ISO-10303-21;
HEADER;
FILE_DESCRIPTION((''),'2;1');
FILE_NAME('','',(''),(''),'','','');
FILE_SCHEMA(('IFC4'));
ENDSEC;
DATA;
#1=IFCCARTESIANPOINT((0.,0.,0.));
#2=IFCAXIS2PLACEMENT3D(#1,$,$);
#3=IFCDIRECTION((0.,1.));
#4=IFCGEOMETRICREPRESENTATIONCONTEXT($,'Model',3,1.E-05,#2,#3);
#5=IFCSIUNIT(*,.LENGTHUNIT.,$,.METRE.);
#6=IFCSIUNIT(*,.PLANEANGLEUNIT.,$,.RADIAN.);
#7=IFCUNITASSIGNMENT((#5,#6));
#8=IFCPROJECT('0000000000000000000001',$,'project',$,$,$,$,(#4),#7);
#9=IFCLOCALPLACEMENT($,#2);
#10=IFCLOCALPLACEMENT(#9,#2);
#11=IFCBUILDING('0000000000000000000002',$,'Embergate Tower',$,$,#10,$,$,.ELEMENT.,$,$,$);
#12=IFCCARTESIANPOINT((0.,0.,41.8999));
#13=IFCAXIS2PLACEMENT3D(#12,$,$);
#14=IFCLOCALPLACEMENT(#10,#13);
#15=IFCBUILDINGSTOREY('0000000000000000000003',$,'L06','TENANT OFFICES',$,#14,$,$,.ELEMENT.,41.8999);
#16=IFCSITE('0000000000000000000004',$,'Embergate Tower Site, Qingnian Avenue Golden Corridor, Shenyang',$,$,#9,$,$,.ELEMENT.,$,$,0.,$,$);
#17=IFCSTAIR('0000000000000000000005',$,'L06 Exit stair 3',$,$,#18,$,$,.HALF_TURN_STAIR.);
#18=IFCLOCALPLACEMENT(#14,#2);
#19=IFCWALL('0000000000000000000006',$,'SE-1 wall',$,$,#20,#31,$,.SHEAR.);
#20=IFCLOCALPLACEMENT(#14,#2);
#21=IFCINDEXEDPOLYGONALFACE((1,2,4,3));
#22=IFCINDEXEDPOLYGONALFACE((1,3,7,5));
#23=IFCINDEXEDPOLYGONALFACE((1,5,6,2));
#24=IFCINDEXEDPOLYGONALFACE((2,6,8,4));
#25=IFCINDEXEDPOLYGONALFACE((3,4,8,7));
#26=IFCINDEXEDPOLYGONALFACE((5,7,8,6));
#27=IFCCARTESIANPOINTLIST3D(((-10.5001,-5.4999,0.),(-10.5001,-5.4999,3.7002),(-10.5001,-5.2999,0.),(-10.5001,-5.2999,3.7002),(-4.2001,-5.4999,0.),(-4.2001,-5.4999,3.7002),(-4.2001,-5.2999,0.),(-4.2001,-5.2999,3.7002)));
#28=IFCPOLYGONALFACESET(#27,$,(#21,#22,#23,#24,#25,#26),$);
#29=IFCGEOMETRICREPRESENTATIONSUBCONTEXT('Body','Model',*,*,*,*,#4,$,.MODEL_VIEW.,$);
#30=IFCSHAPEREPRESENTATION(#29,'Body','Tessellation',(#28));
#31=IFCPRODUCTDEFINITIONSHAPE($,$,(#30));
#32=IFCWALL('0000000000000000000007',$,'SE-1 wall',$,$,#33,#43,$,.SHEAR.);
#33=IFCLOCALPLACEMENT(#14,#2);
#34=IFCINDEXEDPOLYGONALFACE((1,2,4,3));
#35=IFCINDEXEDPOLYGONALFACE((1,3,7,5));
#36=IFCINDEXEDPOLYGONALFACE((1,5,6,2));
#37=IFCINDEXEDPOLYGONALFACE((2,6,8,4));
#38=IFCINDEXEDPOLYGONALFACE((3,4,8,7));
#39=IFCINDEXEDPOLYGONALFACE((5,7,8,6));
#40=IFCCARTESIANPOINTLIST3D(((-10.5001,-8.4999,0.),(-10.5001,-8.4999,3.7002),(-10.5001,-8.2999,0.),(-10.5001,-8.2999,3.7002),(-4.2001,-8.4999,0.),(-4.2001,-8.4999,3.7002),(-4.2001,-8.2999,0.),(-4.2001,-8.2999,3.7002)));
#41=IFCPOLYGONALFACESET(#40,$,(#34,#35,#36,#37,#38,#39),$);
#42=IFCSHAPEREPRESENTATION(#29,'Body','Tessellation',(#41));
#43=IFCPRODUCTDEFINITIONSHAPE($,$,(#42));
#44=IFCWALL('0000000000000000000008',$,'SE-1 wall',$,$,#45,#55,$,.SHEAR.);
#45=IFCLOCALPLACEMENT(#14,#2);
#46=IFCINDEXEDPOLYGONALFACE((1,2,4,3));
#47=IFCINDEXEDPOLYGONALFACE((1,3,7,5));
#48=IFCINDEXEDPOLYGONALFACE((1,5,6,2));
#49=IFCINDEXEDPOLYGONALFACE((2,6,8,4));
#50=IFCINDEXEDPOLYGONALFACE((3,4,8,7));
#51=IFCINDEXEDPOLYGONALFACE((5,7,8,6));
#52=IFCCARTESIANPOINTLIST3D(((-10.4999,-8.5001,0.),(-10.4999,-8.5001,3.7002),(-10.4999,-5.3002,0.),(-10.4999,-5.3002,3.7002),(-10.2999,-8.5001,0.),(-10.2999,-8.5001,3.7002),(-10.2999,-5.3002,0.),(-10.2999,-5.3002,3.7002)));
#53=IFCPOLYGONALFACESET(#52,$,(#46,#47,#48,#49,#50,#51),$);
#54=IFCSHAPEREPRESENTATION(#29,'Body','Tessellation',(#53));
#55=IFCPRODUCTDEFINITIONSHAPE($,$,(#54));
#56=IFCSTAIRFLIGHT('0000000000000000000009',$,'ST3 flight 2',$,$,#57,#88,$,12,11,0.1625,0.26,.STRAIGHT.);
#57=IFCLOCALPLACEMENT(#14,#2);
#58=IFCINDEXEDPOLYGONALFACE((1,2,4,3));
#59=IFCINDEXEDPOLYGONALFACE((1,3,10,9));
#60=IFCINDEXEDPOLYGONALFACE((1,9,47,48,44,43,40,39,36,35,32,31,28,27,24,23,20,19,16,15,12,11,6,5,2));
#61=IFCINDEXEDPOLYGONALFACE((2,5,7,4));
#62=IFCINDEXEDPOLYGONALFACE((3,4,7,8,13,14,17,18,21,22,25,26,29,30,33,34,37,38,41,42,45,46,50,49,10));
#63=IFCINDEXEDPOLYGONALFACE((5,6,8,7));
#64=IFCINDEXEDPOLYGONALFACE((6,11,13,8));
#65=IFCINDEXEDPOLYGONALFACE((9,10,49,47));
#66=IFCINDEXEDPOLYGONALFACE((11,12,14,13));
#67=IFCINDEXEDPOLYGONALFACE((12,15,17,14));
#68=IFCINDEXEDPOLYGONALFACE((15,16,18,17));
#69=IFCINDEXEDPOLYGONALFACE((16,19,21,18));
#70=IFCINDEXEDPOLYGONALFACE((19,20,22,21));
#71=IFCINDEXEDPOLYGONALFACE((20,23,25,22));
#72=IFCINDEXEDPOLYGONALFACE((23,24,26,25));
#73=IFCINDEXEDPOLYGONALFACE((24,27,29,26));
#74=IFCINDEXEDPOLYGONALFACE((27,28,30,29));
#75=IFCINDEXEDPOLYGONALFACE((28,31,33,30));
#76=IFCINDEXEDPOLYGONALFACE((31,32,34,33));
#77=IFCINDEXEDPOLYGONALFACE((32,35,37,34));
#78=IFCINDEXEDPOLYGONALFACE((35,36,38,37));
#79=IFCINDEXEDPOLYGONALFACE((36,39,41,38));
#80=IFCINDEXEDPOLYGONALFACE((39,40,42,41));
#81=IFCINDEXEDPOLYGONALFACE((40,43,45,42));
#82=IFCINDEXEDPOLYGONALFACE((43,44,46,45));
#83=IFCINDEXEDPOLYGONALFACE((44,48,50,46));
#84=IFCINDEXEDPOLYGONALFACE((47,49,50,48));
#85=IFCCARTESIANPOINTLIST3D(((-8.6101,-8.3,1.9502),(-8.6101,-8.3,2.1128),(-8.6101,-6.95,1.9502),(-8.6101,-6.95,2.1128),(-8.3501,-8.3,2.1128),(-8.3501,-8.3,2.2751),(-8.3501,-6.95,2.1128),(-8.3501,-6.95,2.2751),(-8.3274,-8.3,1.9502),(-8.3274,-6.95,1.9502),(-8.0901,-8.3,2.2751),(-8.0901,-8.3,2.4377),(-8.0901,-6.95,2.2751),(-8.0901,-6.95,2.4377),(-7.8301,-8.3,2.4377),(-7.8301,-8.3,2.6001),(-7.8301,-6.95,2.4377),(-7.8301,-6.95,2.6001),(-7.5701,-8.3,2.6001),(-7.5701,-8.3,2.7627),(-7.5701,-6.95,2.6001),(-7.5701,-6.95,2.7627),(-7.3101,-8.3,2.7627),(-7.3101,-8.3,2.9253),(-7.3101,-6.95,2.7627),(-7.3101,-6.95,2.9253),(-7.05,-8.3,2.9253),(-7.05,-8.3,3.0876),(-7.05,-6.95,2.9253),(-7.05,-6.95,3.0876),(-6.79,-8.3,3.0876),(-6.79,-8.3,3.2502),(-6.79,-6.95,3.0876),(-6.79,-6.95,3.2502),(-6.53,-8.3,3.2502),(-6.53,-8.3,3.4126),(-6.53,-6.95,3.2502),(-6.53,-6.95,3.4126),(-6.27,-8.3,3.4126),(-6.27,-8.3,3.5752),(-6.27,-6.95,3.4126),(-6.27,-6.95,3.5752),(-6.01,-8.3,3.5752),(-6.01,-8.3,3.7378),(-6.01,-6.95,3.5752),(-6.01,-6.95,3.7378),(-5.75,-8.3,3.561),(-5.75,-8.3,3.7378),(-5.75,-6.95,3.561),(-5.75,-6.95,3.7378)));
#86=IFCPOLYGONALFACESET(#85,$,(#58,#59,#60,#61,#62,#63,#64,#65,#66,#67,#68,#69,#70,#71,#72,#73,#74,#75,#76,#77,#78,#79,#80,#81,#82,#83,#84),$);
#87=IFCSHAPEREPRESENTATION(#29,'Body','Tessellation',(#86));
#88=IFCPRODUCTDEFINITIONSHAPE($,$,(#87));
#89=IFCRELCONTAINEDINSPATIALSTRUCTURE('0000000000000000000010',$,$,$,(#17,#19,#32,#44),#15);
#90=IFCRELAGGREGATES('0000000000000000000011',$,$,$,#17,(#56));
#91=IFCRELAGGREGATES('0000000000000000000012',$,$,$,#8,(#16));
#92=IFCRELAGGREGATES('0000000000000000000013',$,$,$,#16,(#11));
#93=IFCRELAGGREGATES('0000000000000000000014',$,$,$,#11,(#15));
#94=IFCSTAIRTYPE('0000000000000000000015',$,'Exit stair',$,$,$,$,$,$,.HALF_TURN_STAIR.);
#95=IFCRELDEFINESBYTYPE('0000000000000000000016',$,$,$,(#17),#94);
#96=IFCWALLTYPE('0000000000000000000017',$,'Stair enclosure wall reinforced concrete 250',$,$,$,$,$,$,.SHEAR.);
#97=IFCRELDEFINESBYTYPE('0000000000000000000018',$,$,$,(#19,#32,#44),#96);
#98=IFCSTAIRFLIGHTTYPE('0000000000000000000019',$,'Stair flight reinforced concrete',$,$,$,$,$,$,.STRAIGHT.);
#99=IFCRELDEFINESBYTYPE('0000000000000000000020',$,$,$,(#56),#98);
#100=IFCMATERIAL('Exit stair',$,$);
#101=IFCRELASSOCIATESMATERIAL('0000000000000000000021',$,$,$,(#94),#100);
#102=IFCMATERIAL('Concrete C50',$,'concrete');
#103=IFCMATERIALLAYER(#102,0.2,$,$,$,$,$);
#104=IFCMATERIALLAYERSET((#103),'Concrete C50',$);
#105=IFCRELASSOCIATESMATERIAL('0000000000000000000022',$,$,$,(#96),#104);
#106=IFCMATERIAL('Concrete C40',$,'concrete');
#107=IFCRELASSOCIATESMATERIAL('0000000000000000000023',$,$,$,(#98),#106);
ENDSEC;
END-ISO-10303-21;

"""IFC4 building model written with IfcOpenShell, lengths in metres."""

from ifc_helpers import new_model, si_unit, direction, frame, frame_2d, origin, place, context, subcontext, project, spatial, polyline, rectangle, outline, extrude, source, transform, mapped, material, layer, layer_set, type_object, element, aggregate, save


model = new_model("IFC4")

# Units and contexts
model_context = context("Model", 3, precision=1e-05, world=origin(), true_north=direction((0.0, 1.0)))
body_context = subcontext(model_context, "Body", "Model", "MODEL_VIEW")
ifc_project = project(units=[si_unit("LENGTHUNIT", "METRE"), si_unit("PLANEANGLEUNIT", "RADIAN")], contexts=[model_context])

# Site, building, storey
site_placement = place(None, origin())
site = spatial("IfcSite", under=ifc_project, at=site_placement, Name="Embergate Tower Site, Qingnian Avenue Golden Corridor, Shenyang", CompositionType="ELEMENT", RefElevation=0.0)
building_placement = place(site_placement, origin())
building = spatial("IfcBuilding", under=site, at=building_placement, Name="Embergate Tower", CompositionType="ELEMENT")
storey_placement = place(building_placement, frame((0.0, 0.0, 41.8999)))
storey = spatial("IfcBuildingStorey", under=building, at=storey_placement, Name="L06", Description="TENANT OFFICES", CompositionType="ELEMENT", Elevation=41.8999)

# Stair
ifc_material_1 = material(Name="Exit stair")
stair_type = type_object("IfcStairType", Name="Exit stair", PredefinedType="HALF_TURN_STAIR", material=ifc_material_1)
stair_placement = place(storey_placement, origin())
stair = element("IfcStair", 1, at=stair_placement, inside=storey, type_object=stair_type, Name="L06 Exit stair 3", PredefinedType="HALF_TURN_STAIR")
ifc_material_2 = material(Name="Concrete C40", Category="concrete")

# Walls
ifc_material_3 = material(Name="Concrete C50", Category="concrete")
ifc_layer_1 = layer(ifc_material_3, 0.2)
ifc_layer_set_1 = layer_set([ifc_layer_1], Name="Concrete C50")
wall_type_1 = type_object("IfcWallType", Name="Stair enclosure wall reinforced concrete 250", PredefinedType="SHEAR", material=ifc_layer_set_1)
shared_shape_1 = source(origin(), body_context, "Body", "SweptSolid", [
    extrude(rectangle(XDim=6.3, YDim=0.2, at=frame_2d((3.1499, 0.0))), origin(), (0.0, 0.0, 1.0), 3.7002),
])
for number, where, z_axis, x_axis, name in (
    (2, (-10.5, -5.3999, 0.0), (0.0, 0.0, 1.0), (1.0, 0.0, 0.0), "SE-1 wall"),
    (3, (-10.5, -8.3999, 0.0), (0.0, 0.0, 1.0), (1.0, 0.0, 0.0), "SE-1 wall"),
):
    element("IfcWall", number, at=place(storey_placement, frame(where, z_axis=z_axis, x_axis=x_axis)), inside=storey, type_object=wall_type_1, Name=name, PredefinedType="SHEAR", context=body_context, shape_type="MappedRepresentation", body=[
        mapped(shared_shape_1, transform((0.0, 0.0, 0.0))),
    ])
shared_shape_2 = source(origin(), body_context, "Body", "SweptSolid", [
    extrude(rectangle(XDim=3.2, YDim=0.2, at=frame_2d((1.6001, 0.0))), origin(), (0.0, 0.0, 1.0), 3.7002),
])
wall_1_placement = place(storey_placement, frame((-10.3999, -5.3, 0.0), z_axis=(0.0, 0.0, 1.0), x_axis=(0.0, -1.0, 0.0)))
element("IfcWall", 4, at=wall_1_placement, inside=storey, type_object=wall_type_1, Name="SE-1 wall", PredefinedType="SHEAR", context=body_context, shape_type="MappedRepresentation", body=[
    mapped(shared_shape_2, transform((0.0, 0.0, 0.0))),
])

# Stair flight
stair_flight_type = type_object("IfcStairFlightType", Name="Stair flight reinforced concrete", PredefinedType="STRAIGHT", material=ifc_material_2)
shared_shape_3 = source(origin(), body_context, "Body", "SweptSolid", [
    extrude(outline(polyline([(0.0, 0.0), (0.0, 0.1626), (0.26, 0.1626), (0.26, 0.325), (0.52, 0.325), (0.52, 0.4875), (0.78, 0.4875), (0.78, 0.6499), (1.04, 0.6499), (1.04, 0.8125), (1.3, 0.8125), (1.3, 0.9751), (1.5601, 0.9751), (1.5601, 1.1375), (1.8201, 1.1375), (1.8201, 1.3), (2.0801, 1.3), (2.0801, 1.4624), (2.3401, 1.4624), (2.3401, 1.625), (2.6001, 1.625), (2.6001, 1.7876), (2.8601, 1.7876), (2.8601, 1.95), (2.8601, 1.6108), (0.2827, 0.0), (0.0, 0.0)])), frame((0.0, 0.675, 0.0), z_axis=(0.0, -1.0, 0.0), x_axis=(1.0, 0.0, 0.0)), (0.0, 0.0, 1.0), 1.3501),
])
stair_flight_placement = place(storey_placement, frame((-8.6101, -7.625, 1.9502), z_axis=(0.0, 0.0, 1.0), x_axis=(1.0, 0.0, 0.0)))
stair_flight = element("IfcStairFlight", 5, at=stair_flight_placement, type_object=stair_flight_type, Name="ST3 flight 2", NumberOfRisers=12, NumberOfTreads=11, PredefinedType="STRAIGHT", RiserHeight=0.1625, TreadLength=0.26, context=body_context, shape_type="MappedRepresentation", body=[
    mapped(shared_shape_3, transform((0.0, 0.0, 0.0))),
])
aggregate(stair, [stair_flight])

save(model, "model.ifc")
